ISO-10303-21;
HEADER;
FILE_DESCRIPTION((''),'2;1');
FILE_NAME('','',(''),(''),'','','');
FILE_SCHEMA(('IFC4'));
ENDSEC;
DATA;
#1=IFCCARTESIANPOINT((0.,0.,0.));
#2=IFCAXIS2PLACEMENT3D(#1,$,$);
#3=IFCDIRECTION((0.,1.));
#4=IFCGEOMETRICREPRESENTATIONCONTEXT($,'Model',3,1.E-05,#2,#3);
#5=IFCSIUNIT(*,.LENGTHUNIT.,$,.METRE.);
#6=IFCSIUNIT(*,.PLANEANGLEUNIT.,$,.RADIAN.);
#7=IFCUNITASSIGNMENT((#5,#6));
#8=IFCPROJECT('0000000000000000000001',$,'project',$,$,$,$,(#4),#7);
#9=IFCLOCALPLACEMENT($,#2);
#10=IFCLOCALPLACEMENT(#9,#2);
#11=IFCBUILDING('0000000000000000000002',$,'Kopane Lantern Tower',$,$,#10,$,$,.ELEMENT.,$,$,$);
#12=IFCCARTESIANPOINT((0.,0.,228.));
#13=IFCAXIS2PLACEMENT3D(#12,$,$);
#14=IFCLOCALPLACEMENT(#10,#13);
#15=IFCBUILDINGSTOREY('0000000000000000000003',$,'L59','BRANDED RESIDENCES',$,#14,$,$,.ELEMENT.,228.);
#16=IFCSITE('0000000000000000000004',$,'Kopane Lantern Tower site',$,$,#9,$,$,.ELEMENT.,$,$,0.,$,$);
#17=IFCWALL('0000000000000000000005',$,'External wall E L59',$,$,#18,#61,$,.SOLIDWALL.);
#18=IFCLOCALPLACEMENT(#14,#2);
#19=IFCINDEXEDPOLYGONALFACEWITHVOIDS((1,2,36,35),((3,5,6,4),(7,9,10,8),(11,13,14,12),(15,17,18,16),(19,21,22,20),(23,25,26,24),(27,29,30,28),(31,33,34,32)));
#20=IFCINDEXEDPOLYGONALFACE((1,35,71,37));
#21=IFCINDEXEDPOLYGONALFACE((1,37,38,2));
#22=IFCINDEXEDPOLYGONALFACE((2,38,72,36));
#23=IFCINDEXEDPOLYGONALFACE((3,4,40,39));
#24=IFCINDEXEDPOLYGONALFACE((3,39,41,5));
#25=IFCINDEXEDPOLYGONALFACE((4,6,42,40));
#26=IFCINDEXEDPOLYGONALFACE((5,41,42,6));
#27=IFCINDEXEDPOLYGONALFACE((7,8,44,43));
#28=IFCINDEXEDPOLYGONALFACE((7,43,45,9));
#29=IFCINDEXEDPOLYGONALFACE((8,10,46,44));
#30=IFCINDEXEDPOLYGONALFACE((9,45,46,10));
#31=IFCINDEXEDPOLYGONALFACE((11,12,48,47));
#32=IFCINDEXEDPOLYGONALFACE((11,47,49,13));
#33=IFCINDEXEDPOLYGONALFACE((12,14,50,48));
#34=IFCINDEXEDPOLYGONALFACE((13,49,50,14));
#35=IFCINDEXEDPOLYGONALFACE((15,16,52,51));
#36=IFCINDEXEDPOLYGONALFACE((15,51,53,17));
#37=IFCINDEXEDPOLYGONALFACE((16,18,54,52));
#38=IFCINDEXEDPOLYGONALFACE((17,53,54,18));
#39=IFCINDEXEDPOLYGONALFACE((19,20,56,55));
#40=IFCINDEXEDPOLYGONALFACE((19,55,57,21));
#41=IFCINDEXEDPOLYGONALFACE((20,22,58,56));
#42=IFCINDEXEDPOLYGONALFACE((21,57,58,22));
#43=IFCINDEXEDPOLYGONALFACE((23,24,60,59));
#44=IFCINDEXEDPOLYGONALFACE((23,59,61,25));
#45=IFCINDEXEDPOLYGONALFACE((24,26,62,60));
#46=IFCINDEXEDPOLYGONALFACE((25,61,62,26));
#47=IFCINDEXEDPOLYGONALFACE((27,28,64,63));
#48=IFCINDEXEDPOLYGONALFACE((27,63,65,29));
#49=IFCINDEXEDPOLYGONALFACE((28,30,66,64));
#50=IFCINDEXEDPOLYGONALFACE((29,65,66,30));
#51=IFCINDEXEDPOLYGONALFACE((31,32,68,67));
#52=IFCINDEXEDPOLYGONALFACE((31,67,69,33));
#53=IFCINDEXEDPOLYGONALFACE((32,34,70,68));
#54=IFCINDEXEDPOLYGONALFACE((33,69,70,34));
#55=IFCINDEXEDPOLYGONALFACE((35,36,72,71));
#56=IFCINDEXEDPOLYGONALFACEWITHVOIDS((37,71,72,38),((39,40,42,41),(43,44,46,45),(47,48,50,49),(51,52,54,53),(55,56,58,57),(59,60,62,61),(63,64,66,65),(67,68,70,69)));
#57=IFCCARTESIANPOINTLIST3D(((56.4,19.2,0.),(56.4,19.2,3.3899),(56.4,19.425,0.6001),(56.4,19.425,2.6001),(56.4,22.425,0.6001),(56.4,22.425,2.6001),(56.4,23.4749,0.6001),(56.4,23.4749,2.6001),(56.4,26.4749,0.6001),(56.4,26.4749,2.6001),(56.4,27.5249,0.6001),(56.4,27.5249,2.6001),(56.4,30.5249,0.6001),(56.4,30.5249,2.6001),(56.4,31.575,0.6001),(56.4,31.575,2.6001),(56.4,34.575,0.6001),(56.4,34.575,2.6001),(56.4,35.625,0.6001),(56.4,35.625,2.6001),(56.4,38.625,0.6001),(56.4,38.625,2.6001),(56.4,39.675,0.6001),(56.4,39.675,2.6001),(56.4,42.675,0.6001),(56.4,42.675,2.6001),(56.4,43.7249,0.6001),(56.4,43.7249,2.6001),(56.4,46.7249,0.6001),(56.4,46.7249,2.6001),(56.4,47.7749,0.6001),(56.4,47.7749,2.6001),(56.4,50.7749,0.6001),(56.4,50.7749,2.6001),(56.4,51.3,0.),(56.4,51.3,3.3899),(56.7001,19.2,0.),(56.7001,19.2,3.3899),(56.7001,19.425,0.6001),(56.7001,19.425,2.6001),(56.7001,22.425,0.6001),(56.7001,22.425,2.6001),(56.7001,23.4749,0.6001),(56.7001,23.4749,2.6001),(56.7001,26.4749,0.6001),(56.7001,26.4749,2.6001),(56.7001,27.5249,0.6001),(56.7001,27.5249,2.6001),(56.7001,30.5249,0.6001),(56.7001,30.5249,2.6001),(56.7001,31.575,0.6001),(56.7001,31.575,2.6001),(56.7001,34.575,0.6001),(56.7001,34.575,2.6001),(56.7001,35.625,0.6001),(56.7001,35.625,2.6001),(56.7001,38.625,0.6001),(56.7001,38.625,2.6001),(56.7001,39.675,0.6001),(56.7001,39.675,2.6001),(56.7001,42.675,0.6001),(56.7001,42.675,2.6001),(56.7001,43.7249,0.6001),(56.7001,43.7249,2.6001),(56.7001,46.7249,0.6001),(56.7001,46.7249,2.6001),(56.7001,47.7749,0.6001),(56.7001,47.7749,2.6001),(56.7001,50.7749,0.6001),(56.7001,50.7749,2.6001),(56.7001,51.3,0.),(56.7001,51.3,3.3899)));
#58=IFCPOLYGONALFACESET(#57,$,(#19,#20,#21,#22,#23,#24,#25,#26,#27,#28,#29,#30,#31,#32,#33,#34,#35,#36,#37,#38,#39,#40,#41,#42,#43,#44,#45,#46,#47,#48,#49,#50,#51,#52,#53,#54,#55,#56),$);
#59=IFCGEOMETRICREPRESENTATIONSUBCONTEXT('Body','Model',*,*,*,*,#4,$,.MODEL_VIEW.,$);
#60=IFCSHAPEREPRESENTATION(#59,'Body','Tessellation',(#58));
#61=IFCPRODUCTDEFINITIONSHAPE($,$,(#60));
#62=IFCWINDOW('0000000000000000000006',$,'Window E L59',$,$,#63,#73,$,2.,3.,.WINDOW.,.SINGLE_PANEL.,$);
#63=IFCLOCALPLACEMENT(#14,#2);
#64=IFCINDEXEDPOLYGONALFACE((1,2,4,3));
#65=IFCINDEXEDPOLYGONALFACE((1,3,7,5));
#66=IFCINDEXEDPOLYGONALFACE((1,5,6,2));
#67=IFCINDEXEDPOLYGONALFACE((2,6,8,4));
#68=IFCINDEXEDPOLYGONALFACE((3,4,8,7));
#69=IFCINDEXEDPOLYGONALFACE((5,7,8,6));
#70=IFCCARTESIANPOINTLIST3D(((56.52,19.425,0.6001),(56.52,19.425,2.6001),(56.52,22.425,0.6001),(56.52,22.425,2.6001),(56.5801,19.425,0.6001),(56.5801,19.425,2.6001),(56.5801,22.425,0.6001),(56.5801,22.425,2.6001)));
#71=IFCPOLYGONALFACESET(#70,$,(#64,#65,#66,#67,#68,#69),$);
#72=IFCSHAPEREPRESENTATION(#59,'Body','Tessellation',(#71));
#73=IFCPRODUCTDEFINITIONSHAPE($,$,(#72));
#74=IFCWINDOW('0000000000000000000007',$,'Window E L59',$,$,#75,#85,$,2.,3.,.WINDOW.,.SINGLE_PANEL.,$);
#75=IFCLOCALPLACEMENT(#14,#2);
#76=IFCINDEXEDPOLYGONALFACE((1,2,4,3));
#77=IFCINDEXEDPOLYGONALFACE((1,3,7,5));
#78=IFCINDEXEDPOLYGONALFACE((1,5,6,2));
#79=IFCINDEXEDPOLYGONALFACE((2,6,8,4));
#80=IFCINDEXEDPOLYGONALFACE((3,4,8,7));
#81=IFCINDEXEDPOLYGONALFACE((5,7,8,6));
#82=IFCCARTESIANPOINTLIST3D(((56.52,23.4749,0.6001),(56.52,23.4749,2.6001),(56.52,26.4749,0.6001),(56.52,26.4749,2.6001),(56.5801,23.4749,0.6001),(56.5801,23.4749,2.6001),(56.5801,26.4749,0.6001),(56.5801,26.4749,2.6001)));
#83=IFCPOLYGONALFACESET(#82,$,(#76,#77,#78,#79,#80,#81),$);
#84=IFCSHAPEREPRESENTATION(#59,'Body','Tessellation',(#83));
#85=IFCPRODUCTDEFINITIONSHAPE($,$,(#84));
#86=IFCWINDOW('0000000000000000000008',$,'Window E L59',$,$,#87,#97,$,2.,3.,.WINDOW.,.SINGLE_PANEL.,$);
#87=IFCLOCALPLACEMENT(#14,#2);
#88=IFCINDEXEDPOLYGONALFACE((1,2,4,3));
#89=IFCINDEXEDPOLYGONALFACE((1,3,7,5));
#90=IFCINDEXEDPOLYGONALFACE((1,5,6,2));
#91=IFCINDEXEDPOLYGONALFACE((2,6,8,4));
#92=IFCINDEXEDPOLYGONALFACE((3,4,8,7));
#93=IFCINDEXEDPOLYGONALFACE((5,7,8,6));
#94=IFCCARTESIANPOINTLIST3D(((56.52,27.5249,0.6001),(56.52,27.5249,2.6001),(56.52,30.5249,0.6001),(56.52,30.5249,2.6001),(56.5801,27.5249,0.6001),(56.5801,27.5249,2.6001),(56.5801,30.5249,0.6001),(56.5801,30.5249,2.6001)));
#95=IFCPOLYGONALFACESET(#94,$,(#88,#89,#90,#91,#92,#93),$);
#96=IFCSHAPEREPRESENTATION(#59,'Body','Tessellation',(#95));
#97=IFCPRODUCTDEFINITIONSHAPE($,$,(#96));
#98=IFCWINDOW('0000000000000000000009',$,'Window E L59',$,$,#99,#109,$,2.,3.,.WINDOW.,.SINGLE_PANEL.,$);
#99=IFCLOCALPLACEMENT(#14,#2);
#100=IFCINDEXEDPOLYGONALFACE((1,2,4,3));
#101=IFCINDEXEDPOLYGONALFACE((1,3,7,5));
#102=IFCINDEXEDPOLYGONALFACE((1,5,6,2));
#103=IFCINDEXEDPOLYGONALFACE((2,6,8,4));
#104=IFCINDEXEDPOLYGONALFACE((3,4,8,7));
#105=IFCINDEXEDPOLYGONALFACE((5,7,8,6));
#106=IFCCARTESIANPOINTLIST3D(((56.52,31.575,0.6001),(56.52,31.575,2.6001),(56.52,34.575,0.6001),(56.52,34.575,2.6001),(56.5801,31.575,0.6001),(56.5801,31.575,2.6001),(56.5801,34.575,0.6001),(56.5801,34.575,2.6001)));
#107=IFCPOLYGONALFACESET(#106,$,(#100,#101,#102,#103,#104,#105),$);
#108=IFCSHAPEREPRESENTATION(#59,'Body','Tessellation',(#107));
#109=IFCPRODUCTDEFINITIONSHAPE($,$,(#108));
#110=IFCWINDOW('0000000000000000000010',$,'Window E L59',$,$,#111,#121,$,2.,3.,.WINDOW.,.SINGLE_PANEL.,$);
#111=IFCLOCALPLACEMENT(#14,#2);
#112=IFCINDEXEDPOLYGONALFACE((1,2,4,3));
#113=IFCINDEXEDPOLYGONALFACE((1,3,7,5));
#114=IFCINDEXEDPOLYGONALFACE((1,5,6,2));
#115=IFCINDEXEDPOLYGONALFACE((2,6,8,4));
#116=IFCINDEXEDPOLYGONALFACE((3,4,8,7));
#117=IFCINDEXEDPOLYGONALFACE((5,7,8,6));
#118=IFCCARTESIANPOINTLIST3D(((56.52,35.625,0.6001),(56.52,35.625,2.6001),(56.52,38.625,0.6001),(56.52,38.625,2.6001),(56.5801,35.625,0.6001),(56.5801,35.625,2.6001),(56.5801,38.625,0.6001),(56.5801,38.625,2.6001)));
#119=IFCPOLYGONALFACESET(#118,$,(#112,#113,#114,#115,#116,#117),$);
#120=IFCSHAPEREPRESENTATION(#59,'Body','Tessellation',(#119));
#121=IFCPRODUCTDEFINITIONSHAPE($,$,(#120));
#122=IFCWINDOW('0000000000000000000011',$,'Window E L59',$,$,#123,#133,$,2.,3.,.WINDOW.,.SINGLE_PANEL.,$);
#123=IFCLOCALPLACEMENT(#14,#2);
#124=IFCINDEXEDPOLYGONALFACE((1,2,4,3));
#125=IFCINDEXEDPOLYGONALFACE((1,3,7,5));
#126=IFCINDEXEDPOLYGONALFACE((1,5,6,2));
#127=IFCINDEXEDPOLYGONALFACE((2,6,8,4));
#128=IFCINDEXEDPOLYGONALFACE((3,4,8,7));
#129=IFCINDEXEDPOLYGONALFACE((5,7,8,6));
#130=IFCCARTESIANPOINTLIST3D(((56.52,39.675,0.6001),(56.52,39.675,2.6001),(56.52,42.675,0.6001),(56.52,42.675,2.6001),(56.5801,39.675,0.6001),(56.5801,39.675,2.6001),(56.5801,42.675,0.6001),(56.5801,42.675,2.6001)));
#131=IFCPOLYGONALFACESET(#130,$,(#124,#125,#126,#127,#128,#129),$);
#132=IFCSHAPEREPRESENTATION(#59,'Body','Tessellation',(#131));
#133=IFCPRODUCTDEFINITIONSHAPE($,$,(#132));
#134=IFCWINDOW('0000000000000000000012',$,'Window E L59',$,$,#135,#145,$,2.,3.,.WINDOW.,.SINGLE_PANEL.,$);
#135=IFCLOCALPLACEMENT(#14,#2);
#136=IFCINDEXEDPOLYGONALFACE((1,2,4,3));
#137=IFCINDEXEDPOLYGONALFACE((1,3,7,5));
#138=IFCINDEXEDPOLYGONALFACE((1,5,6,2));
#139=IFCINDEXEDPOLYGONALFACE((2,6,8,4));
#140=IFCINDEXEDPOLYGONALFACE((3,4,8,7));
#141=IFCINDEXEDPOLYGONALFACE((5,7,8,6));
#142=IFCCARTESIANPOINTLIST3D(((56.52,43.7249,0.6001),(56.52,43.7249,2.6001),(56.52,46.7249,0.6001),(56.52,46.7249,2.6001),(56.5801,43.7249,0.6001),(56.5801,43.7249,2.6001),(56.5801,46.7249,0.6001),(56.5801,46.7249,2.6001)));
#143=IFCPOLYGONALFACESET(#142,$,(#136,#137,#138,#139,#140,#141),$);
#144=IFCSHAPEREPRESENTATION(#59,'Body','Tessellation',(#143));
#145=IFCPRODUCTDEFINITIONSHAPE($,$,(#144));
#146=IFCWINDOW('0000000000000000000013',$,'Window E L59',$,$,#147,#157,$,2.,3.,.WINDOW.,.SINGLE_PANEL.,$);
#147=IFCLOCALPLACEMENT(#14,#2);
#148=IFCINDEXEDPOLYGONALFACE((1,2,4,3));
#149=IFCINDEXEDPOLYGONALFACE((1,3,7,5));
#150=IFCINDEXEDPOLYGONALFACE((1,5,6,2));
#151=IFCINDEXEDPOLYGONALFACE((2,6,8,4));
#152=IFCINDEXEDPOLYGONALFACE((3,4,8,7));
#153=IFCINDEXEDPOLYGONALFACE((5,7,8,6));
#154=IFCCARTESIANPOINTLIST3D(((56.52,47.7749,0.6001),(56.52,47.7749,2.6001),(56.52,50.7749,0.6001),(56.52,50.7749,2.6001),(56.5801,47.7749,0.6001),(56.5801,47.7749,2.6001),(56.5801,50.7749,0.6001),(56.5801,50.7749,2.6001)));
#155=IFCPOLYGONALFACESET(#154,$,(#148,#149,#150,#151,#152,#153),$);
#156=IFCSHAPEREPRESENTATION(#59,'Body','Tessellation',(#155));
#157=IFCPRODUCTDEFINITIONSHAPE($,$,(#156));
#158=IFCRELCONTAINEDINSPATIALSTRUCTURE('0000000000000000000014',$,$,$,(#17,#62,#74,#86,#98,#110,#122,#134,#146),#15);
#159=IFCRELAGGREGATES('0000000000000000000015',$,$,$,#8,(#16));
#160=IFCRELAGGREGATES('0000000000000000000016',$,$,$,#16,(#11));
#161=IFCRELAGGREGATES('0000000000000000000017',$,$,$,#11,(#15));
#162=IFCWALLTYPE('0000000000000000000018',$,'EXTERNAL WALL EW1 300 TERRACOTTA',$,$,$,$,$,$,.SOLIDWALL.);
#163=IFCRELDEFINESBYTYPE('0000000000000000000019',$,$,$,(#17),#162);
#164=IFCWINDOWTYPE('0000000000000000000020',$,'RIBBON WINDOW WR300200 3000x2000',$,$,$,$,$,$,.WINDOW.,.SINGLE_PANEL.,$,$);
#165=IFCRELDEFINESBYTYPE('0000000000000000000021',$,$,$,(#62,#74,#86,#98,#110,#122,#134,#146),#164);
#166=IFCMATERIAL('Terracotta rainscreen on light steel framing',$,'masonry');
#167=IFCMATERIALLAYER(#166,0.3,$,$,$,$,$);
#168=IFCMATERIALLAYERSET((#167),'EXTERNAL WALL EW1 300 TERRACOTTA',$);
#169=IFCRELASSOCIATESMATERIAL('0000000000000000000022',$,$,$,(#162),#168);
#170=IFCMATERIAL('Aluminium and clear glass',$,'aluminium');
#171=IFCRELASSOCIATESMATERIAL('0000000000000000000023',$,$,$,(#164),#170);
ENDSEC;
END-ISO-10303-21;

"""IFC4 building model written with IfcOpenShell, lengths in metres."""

from ifc_helpers import new_model, si_unit, direction, frame, frame_2d, origin, place, context, subcontext, project, spatial, rectangle, extrude, material, layer, layer_set, type_object, element, fill, save


model = new_model("IFC4")

# Units and contexts
model_context = context("Model", 3, precision=1e-05, world=origin(), true_north=direction((0.0, 1.0)))
body_context = subcontext(model_context, "Body", "Model", "MODEL_VIEW")
ifc_project = project(units=[si_unit("LENGTHUNIT", "METRE"), si_unit("PLANEANGLEUNIT", "RADIAN")], contexts=[model_context])

# Site, building, storey
site_placement = place(None, origin())
site = spatial("IfcSite", under=ifc_project, at=site_placement, Name="Kopane Lantern Tower site", CompositionType="ELEMENT", RefElevation=0.0)
building_placement = place(site_placement, origin())
building = spatial("IfcBuilding", under=site, at=building_placement, Name="Kopane Lantern Tower", CompositionType="ELEMENT")
storey_placement = place(building_placement, frame((0.0, 0.0, 228.0)))
storey = spatial("IfcBuildingStorey", under=building, at=storey_placement, Name="L59", Description="BRANDED RESIDENCES", CompositionType="ELEMENT", Elevation=228.0)

# Wall, openings, windows
ifc_material_1 = material(Name="Terracotta rainscreen on light steel framing", Category="masonry")
ifc_layer_1 = layer(ifc_material_1, 0.3)
ifc_layer_set_1 = layer_set([ifc_layer_1], Name="EXTERNAL WALL EW1 300 TERRACOTTA")
wall_type_1 = type_object("IfcWallType", Name="EXTERNAL WALL EW1 300 TERRACOTTA", PredefinedType="SOLIDWALL", material=ifc_layer_set_1)
wall_1_placement = place(storey_placement, frame((56.55, 19.2, 0.0), z_axis=(0.0, 0.0, 1.0), x_axis=(0.0, 1.0, 0.0)))
wall_1 = element("IfcWall", 1, at=wall_1_placement, inside=storey, type_object=wall_type_1, Name="External wall E L59", PredefinedType="SOLIDWALL", context=body_context, shape_type="SweptSolid", body=[
    extrude(rectangle(XDim=32.1001, YDim=0.3, at=frame_2d((16.05, 0.0))), origin(), (0.0, 0.0, 1.0), 3.3899),
])
opening_1_placement = place(wall_1_placement, frame((0.2251, 0.0, 0.6001)))
opening_1 = element("IfcOpeningElement", 2, at=opening_1_placement, cuts=wall_1, PredefinedType="OPENING", context=body_context, shape_type="SweptSolid", body=[
    extrude(rectangle(XDim=3.0, YDim=2.0, at=frame_2d((1.5, 1.0))), frame((0.0, 0.1599, 0.0), z_axis=(0.0, -1.0, 0.0), x_axis=(1.0, 0.0, 0.0)), (0.0, 0.0, 1.0), 0.3201),
])
opening_2_placement = place(wall_1_placement, frame((4.2749, 0.0, 0.6001)))
opening_2 = element("IfcOpeningElement", 3, at=opening_2_placement, cuts=wall_1, PredefinedType="OPENING", context=body_context, shape_type="SweptSolid", body=[
    extrude(rectangle(XDim=3.0, YDim=2.0, at=frame_2d((1.5, 1.0))), frame((0.0, 0.1599, 0.0), z_axis=(0.0, -1.0, 0.0), x_axis=(1.0, 0.0, 0.0)), (0.0, 0.0, 1.0), 0.3201),
])
opening_3_placement = place(wall_1_placement, frame((8.325, 0.0, 0.6001)))
opening_3 = element("IfcOpeningElement", 4, at=opening_3_placement, cuts=wall_1, PredefinedType="OPENING", context=body_context, shape_type="SweptSolid", body=[
    extrude(rectangle(XDim=3.0, YDim=2.0, at=frame_2d((1.5, 1.0))), frame((0.0, 0.1599, 0.0), z_axis=(0.0, -1.0, 0.0), x_axis=(1.0, 0.0, 0.0)), (0.0, 0.0, 1.0), 0.3201),
])
opening_4_placement = place(wall_1_placement, frame((12.375, 0.0, 0.6001)))
opening_4 = element("IfcOpeningElement", 5, at=opening_4_placement, cuts=wall_1, PredefinedType="OPENING", context=body_context, shape_type="SweptSolid", body=[
    extrude(rectangle(XDim=3.0, YDim=2.0, at=frame_2d((1.5, 1.0))), frame((0.0, 0.1599, 0.0), z_axis=(0.0, -1.0, 0.0), x_axis=(1.0, 0.0, 0.0)), (0.0, 0.0, 1.0), 0.3201),
])
opening_5_placement = place(wall_1_placement, frame((16.425, 0.0, 0.6001)))
opening_5 = element("IfcOpeningElement", 6, at=opening_5_placement, cuts=wall_1, PredefinedType="OPENING", context=body_context, shape_type="SweptSolid", body=[
    extrude(rectangle(XDim=3.0, YDim=2.0, at=frame_2d((1.5, 1.0))), frame((0.0, 0.1599, 0.0), z_axis=(0.0, -1.0, 0.0), x_axis=(1.0, 0.0, 0.0)), (0.0, 0.0, 1.0), 0.3201),
])
opening_6_placement = place(wall_1_placement, frame((20.4751, 0.0, 0.6001)))
opening_6 = element("IfcOpeningElement", 7, at=opening_6_placement, cuts=wall_1, PredefinedType="OPENING", context=body_context, shape_type="SweptSolid", body=[
    extrude(rectangle(XDim=3.0, YDim=2.0, at=frame_2d((1.5, 1.0))), frame((0.0, 0.1599, 0.0), z_axis=(0.0, -1.0, 0.0), x_axis=(1.0, 0.0, 0.0)), (0.0, 0.0, 1.0), 0.3201),
])
opening_7_placement = place(wall_1_placement, frame((24.5249, 0.0, 0.6001)))
opening_7 = element("IfcOpeningElement", 8, at=opening_7_placement, cuts=wall_1, PredefinedType="OPENING", context=body_context, shape_type="SweptSolid", body=[
    extrude(rectangle(XDim=3.0, YDim=2.0, at=frame_2d((1.5, 1.0))), frame((0.0, 0.1599, 0.0), z_axis=(0.0, -1.0, 0.0), x_axis=(1.0, 0.0, 0.0)), (0.0, 0.0, 1.0), 0.3201),
])
opening_8_placement = place(wall_1_placement, frame((28.575, 0.0, 0.6001)))
opening_8 = element("IfcOpeningElement", 9, at=opening_8_placement, cuts=wall_1, PredefinedType="OPENING", context=body_context, shape_type="SweptSolid", body=[
    extrude(rectangle(XDim=3.0, YDim=2.0, at=frame_2d((1.5, 1.0))), frame((0.0, 0.1599, 0.0), z_axis=(0.0, -1.0, 0.0), x_axis=(1.0, 0.0, 0.0)), (0.0, 0.0, 1.0), 0.3201),
])
ifc_material_2 = material(Name="Aluminium and clear glass", Category="aluminium")
window_type = type_object("IfcWindowType", Name="RIBBON WINDOW WR300200 3000x2000", PartitioningType="SINGLE_PANEL", PredefinedType="WINDOW", material=ifc_material_2)
window_1_placement = place(opening_1_placement, origin())
window_1 = element("IfcWindow", 10, at=window_1_placement, inside=storey, type_object=window_type, Name="Window E L59", OverallHeight=2.0, OverallWidth=3.0, PartitioningType="SINGLE_PANEL", PredefinedType="WINDOW", context=body_context, shape_type="SweptSolid", body=[
    extrude(rectangle(XDim=3.0, YDim=2.0, at=frame_2d((1.5, 1.0))), frame((0.0, 0.03, 0.0), z_axis=(0.0, -1.0, 0.0), x_axis=(1.0, 0.0, 0.0)), (0.0, 0.0, 1.0), 0.0601),
])
fill(opening_1, window_1)
window_2_placement = place(opening_2_placement, origin())
window_2 = element("IfcWindow", 11, at=window_2_placement, inside=storey, type_object=window_type, Name="Window E L59", OverallHeight=2.0, OverallWidth=3.0, PartitioningType="SINGLE_PANEL", PredefinedType="WINDOW", context=body_context, shape_type="SweptSolid", body=[
    extrude(rectangle(XDim=3.0, YDim=2.0, at=frame_2d((1.5, 1.0))), frame((0.0, 0.03, 0.0), z_axis=(0.0, -1.0, 0.0), x_axis=(1.0, 0.0, 0.0)), (0.0, 0.0, 1.0), 0.0601),
])
fill(opening_2, window_2)
window_3_placement = place(opening_3_placement, origin())
window_3 = element("IfcWindow", 12, at=window_3_placement, inside=storey, type_object=window_type, Name="Window E L59", OverallHeight=2.0, OverallWidth=3.0, PartitioningType="SINGLE_PANEL", PredefinedType="WINDOW", context=body_context, shape_type="SweptSolid", body=[
    extrude(rectangle(XDim=3.0, YDim=2.0, at=frame_2d((1.5, 1.0))), frame((0.0, 0.03, 0.0), z_axis=(0.0, -1.0, 0.0), x_axis=(1.0, 0.0, 0.0)), (0.0, 0.0, 1.0), 0.0601),
])
fill(opening_3, window_3)
window_4_placement = place(opening_4_placement, origin())
window_4 = element("IfcWindow", 13, at=window_4_placement, inside=storey, type_object=window_type, Name="Window E L59", OverallHeight=2.0, OverallWidth=3.0, PartitioningType="SINGLE_PANEL", PredefinedType="WINDOW", context=body_context, shape_type="SweptSolid", body=[
    extrude(rectangle(XDim=3.0, YDim=2.0, at=frame_2d((1.5, 1.0))), frame((0.0, 0.03, 0.0), z_axis=(0.0, -1.0, 0.0), x_axis=(1.0, 0.0, 0.0)), (0.0, 0.0, 1.0), 0.0601),
])
fill(opening_4, window_4)
window_5_placement = place(opening_5_placement, origin())
window_5 = element("IfcWindow", 14, at=window_5_placement, inside=storey, type_object=window_type, Name="Window E L59", OverallHeight=2.0, OverallWidth=3.0, PartitioningType="SINGLE_PANEL", PredefinedType="WINDOW", context=body_context, shape_type="SweptSolid", body=[
    extrude(rectangle(XDim=3.0, YDim=2.0, at=frame_2d((1.5, 1.0))), frame((0.0, 0.03, 0.0), z_axis=(0.0, -1.0, 0.0), x_axis=(1.0, 0.0, 0.0)), (0.0, 0.0, 1.0), 0.0601),
])
fill(opening_5, window_5)
window_6_placement = place(opening_6_placement, origin())
window_6 = element("IfcWindow", 15, at=window_6_placement, inside=storey, type_object=window_type, Name="Window E L59", OverallHeight=2.0, OverallWidth=3.0, PartitioningType="SINGLE_PANEL", PredefinedType="WINDOW", context=body_context, shape_type="SweptSolid", body=[
    extrude(rectangle(XDim=3.0, YDim=2.0, at=frame_2d((1.5, 1.0))), frame((0.0, 0.03, 0.0), z_axis=(0.0, -1.0, 0.0), x_axis=(1.0, 0.0, 0.0)), (0.0, 0.0, 1.0), 0.0601),
])
fill(opening_6, window_6)
window_7_placement = place(opening_7_placement, origin())
window_7 = element("IfcWindow", 16, at=window_7_placement, inside=storey, type_object=window_type, Name="Window E L59", OverallHeight=2.0, OverallWidth=3.0, PartitioningType="SINGLE_PANEL", PredefinedType="WINDOW", context=body_context, shape_type="SweptSolid", body=[
    extrude(rectangle(XDim=3.0, YDim=2.0, at=frame_2d((1.5, 1.0))), frame((0.0, 0.03, 0.0), z_axis=(0.0, -1.0, 0.0), x_axis=(1.0, 0.0, 0.0)), (0.0, 0.0, 1.0), 0.0601),
])
fill(opening_7, window_7)
window_8_placement = place(opening_8_placement, origin())
window_8 = element("IfcWindow", 17, at=window_8_placement, inside=storey, type_object=window_type, Name="Window E L59", OverallHeight=2.0, OverallWidth=3.0, PartitioningType="SINGLE_PANEL", PredefinedType="WINDOW", context=body_context, shape_type="SweptSolid", body=[
    extrude(rectangle(XDim=3.0, YDim=2.0, at=frame_2d((1.5, 1.0))), frame((0.0, 0.03, 0.0), z_axis=(0.0, -1.0, 0.0), x_axis=(1.0, 0.0, 0.0)), (0.0, 0.0, 1.0), 0.0601),
])
fill(opening_8, window_8)

save(model, "model.ifc")
